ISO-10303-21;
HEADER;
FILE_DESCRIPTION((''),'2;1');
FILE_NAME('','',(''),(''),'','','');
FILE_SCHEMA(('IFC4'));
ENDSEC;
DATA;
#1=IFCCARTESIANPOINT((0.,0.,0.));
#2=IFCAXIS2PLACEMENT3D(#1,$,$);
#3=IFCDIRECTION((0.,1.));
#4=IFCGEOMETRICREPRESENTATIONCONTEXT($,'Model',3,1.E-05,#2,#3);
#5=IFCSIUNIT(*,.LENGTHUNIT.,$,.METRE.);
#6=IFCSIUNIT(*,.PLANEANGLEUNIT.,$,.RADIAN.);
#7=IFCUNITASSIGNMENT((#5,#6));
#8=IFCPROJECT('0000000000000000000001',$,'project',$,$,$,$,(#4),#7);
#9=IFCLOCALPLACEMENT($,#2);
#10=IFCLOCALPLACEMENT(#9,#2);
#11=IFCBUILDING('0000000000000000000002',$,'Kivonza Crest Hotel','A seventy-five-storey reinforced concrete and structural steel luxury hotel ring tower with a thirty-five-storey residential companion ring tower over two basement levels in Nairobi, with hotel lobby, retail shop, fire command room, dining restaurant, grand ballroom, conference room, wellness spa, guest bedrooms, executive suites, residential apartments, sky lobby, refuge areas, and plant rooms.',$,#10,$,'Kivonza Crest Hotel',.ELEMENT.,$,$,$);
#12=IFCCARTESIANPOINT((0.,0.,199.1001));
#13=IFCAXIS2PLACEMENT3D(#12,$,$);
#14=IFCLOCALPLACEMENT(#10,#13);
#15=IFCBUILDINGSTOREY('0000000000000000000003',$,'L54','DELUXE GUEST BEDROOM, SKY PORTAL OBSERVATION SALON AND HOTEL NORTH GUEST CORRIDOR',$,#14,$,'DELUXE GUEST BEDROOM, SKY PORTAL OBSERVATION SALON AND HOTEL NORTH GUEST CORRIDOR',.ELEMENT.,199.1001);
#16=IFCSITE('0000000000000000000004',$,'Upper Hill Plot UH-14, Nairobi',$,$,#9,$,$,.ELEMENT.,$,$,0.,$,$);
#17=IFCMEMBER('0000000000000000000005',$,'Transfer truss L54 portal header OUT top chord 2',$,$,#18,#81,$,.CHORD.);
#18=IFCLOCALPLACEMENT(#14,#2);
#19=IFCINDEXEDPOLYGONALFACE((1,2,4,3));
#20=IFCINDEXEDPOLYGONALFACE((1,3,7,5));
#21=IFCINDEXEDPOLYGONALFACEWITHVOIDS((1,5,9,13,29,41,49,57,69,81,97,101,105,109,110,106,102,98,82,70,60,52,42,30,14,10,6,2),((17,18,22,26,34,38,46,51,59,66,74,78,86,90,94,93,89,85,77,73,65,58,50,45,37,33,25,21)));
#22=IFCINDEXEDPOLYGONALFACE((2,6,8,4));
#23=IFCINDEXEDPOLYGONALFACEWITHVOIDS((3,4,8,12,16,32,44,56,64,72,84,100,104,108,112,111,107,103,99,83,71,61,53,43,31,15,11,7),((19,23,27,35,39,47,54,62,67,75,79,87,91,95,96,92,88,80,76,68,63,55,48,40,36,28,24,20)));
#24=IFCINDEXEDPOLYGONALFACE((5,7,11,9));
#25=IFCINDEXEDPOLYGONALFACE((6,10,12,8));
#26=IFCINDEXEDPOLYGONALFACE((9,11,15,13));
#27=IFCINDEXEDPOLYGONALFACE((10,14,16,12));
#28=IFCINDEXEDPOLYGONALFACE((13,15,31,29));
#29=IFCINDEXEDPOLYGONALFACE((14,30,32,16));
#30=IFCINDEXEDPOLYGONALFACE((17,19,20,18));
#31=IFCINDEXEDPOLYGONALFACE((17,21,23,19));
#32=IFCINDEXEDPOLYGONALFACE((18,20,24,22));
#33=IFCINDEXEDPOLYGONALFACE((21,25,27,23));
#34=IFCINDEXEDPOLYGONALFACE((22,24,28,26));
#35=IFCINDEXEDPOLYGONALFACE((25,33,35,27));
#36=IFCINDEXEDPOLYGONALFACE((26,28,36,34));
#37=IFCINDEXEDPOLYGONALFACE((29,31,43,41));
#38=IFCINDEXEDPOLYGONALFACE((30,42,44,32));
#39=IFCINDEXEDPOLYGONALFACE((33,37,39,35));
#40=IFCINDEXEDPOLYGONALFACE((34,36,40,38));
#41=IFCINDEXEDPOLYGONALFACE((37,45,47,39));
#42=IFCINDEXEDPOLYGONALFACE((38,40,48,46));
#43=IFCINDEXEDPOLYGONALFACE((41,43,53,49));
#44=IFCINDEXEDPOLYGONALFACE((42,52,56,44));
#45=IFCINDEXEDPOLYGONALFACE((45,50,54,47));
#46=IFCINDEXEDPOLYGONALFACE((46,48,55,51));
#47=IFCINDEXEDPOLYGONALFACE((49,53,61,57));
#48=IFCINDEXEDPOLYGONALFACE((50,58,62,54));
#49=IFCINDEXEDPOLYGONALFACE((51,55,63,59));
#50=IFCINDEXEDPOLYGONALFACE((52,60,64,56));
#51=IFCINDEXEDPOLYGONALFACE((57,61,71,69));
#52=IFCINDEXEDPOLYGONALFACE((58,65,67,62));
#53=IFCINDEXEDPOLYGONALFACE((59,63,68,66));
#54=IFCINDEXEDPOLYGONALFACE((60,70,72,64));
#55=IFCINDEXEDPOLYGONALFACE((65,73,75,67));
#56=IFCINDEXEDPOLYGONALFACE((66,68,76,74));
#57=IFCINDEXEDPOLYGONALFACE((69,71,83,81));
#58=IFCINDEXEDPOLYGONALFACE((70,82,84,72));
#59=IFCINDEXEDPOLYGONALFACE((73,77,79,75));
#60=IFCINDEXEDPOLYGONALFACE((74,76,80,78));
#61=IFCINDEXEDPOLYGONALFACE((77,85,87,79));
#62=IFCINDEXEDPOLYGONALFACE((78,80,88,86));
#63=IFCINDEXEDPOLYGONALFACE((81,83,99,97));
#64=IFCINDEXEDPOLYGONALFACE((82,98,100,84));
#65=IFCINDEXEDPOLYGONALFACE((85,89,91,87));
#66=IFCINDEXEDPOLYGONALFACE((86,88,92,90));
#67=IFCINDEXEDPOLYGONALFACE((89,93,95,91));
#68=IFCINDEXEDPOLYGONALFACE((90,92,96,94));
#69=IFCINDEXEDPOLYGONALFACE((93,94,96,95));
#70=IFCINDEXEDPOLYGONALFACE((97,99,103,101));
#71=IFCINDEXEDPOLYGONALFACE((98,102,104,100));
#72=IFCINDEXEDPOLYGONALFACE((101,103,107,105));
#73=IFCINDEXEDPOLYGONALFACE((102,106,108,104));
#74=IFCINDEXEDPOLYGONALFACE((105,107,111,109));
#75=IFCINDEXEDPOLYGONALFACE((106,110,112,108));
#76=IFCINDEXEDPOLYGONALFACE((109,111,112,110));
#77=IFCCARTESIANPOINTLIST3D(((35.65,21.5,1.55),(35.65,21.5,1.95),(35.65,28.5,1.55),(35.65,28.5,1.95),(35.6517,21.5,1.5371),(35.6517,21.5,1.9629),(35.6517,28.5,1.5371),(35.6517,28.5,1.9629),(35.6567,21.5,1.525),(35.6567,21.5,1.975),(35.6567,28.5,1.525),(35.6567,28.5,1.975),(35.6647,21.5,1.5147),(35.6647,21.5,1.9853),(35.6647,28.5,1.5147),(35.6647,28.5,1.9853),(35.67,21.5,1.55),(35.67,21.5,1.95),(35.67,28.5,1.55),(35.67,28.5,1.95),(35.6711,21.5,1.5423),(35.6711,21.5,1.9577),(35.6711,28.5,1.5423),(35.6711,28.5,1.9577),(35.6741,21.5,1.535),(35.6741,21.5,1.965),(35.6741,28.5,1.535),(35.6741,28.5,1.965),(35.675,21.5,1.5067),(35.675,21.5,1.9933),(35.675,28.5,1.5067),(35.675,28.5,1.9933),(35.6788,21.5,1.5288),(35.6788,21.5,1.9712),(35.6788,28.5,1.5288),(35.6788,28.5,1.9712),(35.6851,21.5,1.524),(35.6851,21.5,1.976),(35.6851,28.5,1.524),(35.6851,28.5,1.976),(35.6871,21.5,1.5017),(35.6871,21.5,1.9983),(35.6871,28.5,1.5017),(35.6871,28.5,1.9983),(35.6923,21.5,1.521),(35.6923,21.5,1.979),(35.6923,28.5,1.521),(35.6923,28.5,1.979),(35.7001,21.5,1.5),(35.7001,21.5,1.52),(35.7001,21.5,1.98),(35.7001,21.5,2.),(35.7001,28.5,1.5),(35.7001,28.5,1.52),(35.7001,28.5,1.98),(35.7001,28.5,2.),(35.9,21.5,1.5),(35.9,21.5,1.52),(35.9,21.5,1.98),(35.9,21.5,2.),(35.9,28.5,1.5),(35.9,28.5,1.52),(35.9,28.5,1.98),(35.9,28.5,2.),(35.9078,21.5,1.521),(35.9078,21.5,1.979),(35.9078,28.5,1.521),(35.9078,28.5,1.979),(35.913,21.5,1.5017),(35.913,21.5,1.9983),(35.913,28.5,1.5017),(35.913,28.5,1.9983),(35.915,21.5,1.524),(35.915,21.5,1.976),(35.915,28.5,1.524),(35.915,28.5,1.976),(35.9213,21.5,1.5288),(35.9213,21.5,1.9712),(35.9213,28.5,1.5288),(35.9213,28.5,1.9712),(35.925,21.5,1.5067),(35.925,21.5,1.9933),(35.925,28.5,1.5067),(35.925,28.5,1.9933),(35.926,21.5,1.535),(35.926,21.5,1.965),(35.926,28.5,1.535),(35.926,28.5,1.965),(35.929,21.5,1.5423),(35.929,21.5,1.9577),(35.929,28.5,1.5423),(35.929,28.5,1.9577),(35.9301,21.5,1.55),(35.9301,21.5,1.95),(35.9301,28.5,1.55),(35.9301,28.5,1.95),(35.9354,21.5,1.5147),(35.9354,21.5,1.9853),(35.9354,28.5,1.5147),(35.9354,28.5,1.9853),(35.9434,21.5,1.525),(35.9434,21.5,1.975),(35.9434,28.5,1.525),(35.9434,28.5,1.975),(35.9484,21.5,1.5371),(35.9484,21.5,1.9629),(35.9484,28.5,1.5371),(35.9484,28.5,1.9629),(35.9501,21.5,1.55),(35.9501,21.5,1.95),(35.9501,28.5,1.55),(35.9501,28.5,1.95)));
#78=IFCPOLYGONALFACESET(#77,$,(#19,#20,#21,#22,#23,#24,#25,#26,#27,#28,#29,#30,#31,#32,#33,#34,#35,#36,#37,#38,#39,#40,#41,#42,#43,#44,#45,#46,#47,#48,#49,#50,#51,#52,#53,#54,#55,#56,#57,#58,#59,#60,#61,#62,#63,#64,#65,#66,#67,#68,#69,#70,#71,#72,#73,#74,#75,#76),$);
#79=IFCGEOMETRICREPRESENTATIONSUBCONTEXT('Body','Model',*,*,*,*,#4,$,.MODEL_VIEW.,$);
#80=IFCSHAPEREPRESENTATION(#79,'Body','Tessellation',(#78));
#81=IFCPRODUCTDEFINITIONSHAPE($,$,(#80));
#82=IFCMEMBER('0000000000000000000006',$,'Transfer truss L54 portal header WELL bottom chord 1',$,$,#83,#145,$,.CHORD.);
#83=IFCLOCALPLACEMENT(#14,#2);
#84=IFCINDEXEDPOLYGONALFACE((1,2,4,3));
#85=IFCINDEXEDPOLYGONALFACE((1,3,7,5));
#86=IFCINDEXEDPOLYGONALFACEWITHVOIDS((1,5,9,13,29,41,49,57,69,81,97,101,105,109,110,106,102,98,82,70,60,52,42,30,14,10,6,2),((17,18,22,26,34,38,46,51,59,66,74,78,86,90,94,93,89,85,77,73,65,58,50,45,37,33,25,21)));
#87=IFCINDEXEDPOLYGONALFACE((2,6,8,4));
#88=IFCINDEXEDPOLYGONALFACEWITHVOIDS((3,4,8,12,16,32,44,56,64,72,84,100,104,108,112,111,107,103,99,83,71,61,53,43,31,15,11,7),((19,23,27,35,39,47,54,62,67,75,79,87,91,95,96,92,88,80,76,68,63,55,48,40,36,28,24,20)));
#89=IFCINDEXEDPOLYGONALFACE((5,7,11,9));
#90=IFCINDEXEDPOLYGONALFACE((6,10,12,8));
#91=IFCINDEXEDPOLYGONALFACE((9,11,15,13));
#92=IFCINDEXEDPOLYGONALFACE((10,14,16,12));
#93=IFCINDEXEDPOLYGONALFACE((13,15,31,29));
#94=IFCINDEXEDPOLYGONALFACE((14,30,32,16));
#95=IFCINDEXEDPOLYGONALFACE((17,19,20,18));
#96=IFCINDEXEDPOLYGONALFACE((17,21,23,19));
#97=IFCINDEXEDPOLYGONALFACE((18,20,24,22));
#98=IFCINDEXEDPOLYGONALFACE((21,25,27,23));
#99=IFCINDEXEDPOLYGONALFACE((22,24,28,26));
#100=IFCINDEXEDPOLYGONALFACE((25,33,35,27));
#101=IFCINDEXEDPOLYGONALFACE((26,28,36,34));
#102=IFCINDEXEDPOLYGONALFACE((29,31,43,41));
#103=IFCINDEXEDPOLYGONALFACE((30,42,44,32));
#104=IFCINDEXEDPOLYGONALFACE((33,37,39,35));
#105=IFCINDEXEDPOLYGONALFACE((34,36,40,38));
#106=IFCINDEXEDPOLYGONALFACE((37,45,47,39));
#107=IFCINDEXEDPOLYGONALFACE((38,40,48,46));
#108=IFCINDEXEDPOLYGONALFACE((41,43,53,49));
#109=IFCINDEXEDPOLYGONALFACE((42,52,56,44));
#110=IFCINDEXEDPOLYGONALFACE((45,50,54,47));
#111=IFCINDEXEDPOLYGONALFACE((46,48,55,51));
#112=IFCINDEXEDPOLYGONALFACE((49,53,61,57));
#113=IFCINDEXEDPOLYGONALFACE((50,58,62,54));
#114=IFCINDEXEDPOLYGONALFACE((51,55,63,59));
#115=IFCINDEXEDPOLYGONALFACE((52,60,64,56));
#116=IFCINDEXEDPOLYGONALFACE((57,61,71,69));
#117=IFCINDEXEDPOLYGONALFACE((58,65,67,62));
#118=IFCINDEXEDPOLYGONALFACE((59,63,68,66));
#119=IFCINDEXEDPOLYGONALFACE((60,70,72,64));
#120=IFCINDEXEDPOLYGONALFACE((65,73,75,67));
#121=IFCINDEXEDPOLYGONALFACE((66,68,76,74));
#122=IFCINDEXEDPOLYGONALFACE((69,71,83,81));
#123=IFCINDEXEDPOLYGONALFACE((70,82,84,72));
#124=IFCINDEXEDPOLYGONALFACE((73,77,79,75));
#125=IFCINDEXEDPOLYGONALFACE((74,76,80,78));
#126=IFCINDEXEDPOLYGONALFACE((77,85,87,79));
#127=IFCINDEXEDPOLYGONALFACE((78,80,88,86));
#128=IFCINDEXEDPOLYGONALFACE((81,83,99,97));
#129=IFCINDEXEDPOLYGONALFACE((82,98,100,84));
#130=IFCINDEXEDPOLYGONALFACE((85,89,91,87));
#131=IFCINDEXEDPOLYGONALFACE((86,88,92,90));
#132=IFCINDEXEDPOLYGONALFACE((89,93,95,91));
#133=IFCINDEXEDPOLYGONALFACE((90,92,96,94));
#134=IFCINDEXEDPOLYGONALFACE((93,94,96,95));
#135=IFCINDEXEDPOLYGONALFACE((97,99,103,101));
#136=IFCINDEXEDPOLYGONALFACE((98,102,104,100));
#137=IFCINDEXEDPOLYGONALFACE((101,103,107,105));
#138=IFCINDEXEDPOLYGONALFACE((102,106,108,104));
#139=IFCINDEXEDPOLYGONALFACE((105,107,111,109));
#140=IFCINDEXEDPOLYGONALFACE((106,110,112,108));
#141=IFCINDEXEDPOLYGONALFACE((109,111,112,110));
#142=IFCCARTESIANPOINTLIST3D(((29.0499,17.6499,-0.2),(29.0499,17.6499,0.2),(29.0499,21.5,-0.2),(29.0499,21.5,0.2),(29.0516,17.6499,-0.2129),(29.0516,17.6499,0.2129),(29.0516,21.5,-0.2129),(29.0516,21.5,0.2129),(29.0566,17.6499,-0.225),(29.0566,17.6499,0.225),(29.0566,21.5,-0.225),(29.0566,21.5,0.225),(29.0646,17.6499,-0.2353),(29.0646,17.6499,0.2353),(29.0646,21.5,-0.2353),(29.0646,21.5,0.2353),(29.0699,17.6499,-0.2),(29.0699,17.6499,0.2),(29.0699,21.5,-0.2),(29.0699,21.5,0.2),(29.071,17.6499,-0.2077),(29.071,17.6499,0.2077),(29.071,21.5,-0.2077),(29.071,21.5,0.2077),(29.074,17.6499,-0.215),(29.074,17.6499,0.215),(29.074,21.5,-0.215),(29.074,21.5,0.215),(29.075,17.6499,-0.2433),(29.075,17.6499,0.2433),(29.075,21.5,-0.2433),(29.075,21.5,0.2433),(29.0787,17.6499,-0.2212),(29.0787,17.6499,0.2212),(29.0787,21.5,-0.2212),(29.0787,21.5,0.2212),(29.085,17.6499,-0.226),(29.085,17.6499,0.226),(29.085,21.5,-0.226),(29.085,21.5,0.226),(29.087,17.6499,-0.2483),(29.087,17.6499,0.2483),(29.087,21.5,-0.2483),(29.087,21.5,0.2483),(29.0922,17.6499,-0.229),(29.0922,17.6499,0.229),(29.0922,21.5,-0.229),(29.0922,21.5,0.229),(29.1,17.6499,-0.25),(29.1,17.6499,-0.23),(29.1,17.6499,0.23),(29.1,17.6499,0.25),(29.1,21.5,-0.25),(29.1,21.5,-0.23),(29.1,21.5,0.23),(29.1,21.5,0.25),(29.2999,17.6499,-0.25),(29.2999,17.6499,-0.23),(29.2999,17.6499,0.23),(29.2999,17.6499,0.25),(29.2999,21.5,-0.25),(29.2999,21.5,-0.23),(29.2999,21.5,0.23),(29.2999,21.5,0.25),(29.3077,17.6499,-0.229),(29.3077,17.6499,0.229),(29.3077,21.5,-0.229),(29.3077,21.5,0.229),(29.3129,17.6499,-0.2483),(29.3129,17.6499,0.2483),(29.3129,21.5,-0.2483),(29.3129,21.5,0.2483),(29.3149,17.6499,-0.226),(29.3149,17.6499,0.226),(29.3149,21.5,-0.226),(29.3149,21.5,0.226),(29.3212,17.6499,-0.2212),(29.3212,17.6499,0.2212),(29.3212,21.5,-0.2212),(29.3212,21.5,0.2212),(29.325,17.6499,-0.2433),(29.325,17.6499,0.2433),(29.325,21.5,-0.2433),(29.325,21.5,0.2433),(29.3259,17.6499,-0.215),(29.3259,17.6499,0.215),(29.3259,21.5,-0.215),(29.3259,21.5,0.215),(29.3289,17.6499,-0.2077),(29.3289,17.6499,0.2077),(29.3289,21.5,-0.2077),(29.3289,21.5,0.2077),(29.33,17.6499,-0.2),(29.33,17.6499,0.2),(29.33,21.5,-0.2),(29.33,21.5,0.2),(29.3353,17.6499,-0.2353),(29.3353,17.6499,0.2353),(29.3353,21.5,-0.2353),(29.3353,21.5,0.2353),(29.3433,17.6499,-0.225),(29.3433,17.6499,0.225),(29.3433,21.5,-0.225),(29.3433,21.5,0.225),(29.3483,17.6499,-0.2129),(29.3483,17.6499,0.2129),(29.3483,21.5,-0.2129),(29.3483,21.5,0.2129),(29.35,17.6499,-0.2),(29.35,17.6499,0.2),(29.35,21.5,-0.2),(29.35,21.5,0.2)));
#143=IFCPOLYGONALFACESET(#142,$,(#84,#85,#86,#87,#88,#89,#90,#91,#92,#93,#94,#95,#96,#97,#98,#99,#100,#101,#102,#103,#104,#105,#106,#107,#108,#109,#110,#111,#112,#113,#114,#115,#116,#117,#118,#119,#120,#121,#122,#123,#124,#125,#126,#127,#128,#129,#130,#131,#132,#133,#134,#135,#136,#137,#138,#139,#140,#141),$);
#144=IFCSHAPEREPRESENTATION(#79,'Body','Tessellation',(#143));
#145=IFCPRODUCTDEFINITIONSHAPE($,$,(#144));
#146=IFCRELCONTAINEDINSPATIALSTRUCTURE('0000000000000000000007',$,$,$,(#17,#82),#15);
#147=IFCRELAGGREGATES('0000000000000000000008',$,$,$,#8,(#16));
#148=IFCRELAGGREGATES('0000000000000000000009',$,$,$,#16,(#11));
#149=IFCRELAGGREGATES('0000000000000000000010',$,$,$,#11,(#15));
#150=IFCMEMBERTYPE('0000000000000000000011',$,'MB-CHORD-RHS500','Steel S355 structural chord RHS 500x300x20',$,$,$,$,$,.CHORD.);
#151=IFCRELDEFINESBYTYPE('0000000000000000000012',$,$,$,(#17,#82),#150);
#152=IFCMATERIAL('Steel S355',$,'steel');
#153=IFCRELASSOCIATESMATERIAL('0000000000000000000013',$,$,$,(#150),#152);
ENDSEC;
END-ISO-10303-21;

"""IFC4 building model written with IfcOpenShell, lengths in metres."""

from ifc_helpers import new_model, si_unit, direction, frame, origin, origin_2d, place, context, subcontext, project, spatial, hollow_rectangle, extrude, material, material_profile, profile_set, type_object, element, save


model = new_model("IFC4")

# Units and contexts
model_context = context("Model", 3, precision=1e-05, world=origin(), true_north=direction((0.0, 1.0)))
body_context = subcontext(model_context, "Body", "Model", "MODEL_VIEW")
ifc_project = project(units=[si_unit("LENGTHUNIT", "METRE"), si_unit("PLANEANGLEUNIT", "RADIAN")], contexts=[model_context])

# Site, building, storey
site_placement = place(None, origin())
site = spatial("IfcSite", under=ifc_project, at=site_placement, Name="Upper Hill Plot UH-14, Nairobi", CompositionType="ELEMENT", RefElevation=0.0)
building_placement = place(site_placement, origin())
building = spatial("IfcBuilding", under=site, at=building_placement, Name="Kivonza Crest Hotel", Description="A seventy-five-storey reinforced concrete and structural steel luxury hotel ring tower with a thirty-five-storey residential companion ring tower over two basement levels in Nairobi, with hotel lobby, retail shop, fire command room, dining restaurant, grand ballroom, conference room, wellness spa, guest bedrooms, executive suites, residential apartments, sky lobby, refuge areas, and plant rooms.", LongName="Kivonza Crest Hotel", CompositionType="ELEMENT")
storey_placement = place(building_placement, frame((0.0, 0.0, 199.1001)))
storey = spatial("IfcBuildingStorey", under=building, at=storey_placement, Name="L54", Description="DELUXE GUEST BEDROOM, SKY PORTAL OBSERVATION SALON AND HOTEL NORTH GUEST CORRIDOR", LongName="DELUXE GUEST BEDROOM, SKY PORTAL OBSERVATION SALON AND HOTEL NORTH GUEST CORRIDOR", CompositionType="ELEMENT", Elevation=199.1001)

# Shared definitions
ifc_material_1 = material(Name="Steel S355", Category="steel")

# Members
ifc_material_profile_1 = material_profile(ifc_material_1, hollow_rectangle(XDim=0.3, YDim=0.5, WallThickness=0.02, InnerFilletRadius=0.03, OuterFilletRadius=0.05, at=origin_2d()), Name="RHS 500x300x20")
ifc_profile_set_1 = profile_set([ifc_material_profile_1], Name="Steel S355")
member_type_1 = type_object("IfcMemberType", Name="MB-CHORD-RHS500", Description="Steel S355 structural chord RHS 500x300x20", PredefinedType="CHORD", material=ifc_profile_set_1)
for number, where, z_axis, x_axis, name in (
    (1, (35.8, 21.5, 1.75), (0.0, 1.0, 0.0), (-1.0, 0.0, 0.0), "Transfer truss L54 portal header OUT top chord 2"),
):
    element("IfcMember", number, at=place(storey_placement, frame(where, z_axis=z_axis, x_axis=x_axis)), inside=storey, type_object=member_type_1, Name=name, PredefinedType="CHORD", context=body_context, shape_type="SweptSolid", body=[
        extrude(hollow_rectangle(XDim=0.3, YDim=0.5, WallThickness=0.02, InnerFilletRadius=0.03, OuterFilletRadius=0.05, at=origin_2d()), origin(), (0.0, 0.0, 1.0), 7.0),
    ])
for number, where, z_axis, x_axis, name in (
    (2, (29.2, 17.6499, 0.0), (0.0, 1.0, 0.0), (-1.0, 0.0, 0.0), "Transfer truss L54 portal header WELL bottom chord 1"),
):
    element("IfcMember", number, at=place(storey_placement, frame(where, z_axis=z_axis, x_axis=x_axis)), inside=storey, type_object=member_type_1, Name=name, PredefinedType="CHORD", context=body_context, shape_type="SweptSolid", body=[
        extrude(hollow_rectangle(XDim=0.3, YDim=0.5, WallThickness=0.02, InnerFilletRadius=0.03, OuterFilletRadius=0.05, at=origin_2d()), origin(), (0.0, 0.0, 1.0), 3.8501),
    ])

save(model, "model.ifc")
